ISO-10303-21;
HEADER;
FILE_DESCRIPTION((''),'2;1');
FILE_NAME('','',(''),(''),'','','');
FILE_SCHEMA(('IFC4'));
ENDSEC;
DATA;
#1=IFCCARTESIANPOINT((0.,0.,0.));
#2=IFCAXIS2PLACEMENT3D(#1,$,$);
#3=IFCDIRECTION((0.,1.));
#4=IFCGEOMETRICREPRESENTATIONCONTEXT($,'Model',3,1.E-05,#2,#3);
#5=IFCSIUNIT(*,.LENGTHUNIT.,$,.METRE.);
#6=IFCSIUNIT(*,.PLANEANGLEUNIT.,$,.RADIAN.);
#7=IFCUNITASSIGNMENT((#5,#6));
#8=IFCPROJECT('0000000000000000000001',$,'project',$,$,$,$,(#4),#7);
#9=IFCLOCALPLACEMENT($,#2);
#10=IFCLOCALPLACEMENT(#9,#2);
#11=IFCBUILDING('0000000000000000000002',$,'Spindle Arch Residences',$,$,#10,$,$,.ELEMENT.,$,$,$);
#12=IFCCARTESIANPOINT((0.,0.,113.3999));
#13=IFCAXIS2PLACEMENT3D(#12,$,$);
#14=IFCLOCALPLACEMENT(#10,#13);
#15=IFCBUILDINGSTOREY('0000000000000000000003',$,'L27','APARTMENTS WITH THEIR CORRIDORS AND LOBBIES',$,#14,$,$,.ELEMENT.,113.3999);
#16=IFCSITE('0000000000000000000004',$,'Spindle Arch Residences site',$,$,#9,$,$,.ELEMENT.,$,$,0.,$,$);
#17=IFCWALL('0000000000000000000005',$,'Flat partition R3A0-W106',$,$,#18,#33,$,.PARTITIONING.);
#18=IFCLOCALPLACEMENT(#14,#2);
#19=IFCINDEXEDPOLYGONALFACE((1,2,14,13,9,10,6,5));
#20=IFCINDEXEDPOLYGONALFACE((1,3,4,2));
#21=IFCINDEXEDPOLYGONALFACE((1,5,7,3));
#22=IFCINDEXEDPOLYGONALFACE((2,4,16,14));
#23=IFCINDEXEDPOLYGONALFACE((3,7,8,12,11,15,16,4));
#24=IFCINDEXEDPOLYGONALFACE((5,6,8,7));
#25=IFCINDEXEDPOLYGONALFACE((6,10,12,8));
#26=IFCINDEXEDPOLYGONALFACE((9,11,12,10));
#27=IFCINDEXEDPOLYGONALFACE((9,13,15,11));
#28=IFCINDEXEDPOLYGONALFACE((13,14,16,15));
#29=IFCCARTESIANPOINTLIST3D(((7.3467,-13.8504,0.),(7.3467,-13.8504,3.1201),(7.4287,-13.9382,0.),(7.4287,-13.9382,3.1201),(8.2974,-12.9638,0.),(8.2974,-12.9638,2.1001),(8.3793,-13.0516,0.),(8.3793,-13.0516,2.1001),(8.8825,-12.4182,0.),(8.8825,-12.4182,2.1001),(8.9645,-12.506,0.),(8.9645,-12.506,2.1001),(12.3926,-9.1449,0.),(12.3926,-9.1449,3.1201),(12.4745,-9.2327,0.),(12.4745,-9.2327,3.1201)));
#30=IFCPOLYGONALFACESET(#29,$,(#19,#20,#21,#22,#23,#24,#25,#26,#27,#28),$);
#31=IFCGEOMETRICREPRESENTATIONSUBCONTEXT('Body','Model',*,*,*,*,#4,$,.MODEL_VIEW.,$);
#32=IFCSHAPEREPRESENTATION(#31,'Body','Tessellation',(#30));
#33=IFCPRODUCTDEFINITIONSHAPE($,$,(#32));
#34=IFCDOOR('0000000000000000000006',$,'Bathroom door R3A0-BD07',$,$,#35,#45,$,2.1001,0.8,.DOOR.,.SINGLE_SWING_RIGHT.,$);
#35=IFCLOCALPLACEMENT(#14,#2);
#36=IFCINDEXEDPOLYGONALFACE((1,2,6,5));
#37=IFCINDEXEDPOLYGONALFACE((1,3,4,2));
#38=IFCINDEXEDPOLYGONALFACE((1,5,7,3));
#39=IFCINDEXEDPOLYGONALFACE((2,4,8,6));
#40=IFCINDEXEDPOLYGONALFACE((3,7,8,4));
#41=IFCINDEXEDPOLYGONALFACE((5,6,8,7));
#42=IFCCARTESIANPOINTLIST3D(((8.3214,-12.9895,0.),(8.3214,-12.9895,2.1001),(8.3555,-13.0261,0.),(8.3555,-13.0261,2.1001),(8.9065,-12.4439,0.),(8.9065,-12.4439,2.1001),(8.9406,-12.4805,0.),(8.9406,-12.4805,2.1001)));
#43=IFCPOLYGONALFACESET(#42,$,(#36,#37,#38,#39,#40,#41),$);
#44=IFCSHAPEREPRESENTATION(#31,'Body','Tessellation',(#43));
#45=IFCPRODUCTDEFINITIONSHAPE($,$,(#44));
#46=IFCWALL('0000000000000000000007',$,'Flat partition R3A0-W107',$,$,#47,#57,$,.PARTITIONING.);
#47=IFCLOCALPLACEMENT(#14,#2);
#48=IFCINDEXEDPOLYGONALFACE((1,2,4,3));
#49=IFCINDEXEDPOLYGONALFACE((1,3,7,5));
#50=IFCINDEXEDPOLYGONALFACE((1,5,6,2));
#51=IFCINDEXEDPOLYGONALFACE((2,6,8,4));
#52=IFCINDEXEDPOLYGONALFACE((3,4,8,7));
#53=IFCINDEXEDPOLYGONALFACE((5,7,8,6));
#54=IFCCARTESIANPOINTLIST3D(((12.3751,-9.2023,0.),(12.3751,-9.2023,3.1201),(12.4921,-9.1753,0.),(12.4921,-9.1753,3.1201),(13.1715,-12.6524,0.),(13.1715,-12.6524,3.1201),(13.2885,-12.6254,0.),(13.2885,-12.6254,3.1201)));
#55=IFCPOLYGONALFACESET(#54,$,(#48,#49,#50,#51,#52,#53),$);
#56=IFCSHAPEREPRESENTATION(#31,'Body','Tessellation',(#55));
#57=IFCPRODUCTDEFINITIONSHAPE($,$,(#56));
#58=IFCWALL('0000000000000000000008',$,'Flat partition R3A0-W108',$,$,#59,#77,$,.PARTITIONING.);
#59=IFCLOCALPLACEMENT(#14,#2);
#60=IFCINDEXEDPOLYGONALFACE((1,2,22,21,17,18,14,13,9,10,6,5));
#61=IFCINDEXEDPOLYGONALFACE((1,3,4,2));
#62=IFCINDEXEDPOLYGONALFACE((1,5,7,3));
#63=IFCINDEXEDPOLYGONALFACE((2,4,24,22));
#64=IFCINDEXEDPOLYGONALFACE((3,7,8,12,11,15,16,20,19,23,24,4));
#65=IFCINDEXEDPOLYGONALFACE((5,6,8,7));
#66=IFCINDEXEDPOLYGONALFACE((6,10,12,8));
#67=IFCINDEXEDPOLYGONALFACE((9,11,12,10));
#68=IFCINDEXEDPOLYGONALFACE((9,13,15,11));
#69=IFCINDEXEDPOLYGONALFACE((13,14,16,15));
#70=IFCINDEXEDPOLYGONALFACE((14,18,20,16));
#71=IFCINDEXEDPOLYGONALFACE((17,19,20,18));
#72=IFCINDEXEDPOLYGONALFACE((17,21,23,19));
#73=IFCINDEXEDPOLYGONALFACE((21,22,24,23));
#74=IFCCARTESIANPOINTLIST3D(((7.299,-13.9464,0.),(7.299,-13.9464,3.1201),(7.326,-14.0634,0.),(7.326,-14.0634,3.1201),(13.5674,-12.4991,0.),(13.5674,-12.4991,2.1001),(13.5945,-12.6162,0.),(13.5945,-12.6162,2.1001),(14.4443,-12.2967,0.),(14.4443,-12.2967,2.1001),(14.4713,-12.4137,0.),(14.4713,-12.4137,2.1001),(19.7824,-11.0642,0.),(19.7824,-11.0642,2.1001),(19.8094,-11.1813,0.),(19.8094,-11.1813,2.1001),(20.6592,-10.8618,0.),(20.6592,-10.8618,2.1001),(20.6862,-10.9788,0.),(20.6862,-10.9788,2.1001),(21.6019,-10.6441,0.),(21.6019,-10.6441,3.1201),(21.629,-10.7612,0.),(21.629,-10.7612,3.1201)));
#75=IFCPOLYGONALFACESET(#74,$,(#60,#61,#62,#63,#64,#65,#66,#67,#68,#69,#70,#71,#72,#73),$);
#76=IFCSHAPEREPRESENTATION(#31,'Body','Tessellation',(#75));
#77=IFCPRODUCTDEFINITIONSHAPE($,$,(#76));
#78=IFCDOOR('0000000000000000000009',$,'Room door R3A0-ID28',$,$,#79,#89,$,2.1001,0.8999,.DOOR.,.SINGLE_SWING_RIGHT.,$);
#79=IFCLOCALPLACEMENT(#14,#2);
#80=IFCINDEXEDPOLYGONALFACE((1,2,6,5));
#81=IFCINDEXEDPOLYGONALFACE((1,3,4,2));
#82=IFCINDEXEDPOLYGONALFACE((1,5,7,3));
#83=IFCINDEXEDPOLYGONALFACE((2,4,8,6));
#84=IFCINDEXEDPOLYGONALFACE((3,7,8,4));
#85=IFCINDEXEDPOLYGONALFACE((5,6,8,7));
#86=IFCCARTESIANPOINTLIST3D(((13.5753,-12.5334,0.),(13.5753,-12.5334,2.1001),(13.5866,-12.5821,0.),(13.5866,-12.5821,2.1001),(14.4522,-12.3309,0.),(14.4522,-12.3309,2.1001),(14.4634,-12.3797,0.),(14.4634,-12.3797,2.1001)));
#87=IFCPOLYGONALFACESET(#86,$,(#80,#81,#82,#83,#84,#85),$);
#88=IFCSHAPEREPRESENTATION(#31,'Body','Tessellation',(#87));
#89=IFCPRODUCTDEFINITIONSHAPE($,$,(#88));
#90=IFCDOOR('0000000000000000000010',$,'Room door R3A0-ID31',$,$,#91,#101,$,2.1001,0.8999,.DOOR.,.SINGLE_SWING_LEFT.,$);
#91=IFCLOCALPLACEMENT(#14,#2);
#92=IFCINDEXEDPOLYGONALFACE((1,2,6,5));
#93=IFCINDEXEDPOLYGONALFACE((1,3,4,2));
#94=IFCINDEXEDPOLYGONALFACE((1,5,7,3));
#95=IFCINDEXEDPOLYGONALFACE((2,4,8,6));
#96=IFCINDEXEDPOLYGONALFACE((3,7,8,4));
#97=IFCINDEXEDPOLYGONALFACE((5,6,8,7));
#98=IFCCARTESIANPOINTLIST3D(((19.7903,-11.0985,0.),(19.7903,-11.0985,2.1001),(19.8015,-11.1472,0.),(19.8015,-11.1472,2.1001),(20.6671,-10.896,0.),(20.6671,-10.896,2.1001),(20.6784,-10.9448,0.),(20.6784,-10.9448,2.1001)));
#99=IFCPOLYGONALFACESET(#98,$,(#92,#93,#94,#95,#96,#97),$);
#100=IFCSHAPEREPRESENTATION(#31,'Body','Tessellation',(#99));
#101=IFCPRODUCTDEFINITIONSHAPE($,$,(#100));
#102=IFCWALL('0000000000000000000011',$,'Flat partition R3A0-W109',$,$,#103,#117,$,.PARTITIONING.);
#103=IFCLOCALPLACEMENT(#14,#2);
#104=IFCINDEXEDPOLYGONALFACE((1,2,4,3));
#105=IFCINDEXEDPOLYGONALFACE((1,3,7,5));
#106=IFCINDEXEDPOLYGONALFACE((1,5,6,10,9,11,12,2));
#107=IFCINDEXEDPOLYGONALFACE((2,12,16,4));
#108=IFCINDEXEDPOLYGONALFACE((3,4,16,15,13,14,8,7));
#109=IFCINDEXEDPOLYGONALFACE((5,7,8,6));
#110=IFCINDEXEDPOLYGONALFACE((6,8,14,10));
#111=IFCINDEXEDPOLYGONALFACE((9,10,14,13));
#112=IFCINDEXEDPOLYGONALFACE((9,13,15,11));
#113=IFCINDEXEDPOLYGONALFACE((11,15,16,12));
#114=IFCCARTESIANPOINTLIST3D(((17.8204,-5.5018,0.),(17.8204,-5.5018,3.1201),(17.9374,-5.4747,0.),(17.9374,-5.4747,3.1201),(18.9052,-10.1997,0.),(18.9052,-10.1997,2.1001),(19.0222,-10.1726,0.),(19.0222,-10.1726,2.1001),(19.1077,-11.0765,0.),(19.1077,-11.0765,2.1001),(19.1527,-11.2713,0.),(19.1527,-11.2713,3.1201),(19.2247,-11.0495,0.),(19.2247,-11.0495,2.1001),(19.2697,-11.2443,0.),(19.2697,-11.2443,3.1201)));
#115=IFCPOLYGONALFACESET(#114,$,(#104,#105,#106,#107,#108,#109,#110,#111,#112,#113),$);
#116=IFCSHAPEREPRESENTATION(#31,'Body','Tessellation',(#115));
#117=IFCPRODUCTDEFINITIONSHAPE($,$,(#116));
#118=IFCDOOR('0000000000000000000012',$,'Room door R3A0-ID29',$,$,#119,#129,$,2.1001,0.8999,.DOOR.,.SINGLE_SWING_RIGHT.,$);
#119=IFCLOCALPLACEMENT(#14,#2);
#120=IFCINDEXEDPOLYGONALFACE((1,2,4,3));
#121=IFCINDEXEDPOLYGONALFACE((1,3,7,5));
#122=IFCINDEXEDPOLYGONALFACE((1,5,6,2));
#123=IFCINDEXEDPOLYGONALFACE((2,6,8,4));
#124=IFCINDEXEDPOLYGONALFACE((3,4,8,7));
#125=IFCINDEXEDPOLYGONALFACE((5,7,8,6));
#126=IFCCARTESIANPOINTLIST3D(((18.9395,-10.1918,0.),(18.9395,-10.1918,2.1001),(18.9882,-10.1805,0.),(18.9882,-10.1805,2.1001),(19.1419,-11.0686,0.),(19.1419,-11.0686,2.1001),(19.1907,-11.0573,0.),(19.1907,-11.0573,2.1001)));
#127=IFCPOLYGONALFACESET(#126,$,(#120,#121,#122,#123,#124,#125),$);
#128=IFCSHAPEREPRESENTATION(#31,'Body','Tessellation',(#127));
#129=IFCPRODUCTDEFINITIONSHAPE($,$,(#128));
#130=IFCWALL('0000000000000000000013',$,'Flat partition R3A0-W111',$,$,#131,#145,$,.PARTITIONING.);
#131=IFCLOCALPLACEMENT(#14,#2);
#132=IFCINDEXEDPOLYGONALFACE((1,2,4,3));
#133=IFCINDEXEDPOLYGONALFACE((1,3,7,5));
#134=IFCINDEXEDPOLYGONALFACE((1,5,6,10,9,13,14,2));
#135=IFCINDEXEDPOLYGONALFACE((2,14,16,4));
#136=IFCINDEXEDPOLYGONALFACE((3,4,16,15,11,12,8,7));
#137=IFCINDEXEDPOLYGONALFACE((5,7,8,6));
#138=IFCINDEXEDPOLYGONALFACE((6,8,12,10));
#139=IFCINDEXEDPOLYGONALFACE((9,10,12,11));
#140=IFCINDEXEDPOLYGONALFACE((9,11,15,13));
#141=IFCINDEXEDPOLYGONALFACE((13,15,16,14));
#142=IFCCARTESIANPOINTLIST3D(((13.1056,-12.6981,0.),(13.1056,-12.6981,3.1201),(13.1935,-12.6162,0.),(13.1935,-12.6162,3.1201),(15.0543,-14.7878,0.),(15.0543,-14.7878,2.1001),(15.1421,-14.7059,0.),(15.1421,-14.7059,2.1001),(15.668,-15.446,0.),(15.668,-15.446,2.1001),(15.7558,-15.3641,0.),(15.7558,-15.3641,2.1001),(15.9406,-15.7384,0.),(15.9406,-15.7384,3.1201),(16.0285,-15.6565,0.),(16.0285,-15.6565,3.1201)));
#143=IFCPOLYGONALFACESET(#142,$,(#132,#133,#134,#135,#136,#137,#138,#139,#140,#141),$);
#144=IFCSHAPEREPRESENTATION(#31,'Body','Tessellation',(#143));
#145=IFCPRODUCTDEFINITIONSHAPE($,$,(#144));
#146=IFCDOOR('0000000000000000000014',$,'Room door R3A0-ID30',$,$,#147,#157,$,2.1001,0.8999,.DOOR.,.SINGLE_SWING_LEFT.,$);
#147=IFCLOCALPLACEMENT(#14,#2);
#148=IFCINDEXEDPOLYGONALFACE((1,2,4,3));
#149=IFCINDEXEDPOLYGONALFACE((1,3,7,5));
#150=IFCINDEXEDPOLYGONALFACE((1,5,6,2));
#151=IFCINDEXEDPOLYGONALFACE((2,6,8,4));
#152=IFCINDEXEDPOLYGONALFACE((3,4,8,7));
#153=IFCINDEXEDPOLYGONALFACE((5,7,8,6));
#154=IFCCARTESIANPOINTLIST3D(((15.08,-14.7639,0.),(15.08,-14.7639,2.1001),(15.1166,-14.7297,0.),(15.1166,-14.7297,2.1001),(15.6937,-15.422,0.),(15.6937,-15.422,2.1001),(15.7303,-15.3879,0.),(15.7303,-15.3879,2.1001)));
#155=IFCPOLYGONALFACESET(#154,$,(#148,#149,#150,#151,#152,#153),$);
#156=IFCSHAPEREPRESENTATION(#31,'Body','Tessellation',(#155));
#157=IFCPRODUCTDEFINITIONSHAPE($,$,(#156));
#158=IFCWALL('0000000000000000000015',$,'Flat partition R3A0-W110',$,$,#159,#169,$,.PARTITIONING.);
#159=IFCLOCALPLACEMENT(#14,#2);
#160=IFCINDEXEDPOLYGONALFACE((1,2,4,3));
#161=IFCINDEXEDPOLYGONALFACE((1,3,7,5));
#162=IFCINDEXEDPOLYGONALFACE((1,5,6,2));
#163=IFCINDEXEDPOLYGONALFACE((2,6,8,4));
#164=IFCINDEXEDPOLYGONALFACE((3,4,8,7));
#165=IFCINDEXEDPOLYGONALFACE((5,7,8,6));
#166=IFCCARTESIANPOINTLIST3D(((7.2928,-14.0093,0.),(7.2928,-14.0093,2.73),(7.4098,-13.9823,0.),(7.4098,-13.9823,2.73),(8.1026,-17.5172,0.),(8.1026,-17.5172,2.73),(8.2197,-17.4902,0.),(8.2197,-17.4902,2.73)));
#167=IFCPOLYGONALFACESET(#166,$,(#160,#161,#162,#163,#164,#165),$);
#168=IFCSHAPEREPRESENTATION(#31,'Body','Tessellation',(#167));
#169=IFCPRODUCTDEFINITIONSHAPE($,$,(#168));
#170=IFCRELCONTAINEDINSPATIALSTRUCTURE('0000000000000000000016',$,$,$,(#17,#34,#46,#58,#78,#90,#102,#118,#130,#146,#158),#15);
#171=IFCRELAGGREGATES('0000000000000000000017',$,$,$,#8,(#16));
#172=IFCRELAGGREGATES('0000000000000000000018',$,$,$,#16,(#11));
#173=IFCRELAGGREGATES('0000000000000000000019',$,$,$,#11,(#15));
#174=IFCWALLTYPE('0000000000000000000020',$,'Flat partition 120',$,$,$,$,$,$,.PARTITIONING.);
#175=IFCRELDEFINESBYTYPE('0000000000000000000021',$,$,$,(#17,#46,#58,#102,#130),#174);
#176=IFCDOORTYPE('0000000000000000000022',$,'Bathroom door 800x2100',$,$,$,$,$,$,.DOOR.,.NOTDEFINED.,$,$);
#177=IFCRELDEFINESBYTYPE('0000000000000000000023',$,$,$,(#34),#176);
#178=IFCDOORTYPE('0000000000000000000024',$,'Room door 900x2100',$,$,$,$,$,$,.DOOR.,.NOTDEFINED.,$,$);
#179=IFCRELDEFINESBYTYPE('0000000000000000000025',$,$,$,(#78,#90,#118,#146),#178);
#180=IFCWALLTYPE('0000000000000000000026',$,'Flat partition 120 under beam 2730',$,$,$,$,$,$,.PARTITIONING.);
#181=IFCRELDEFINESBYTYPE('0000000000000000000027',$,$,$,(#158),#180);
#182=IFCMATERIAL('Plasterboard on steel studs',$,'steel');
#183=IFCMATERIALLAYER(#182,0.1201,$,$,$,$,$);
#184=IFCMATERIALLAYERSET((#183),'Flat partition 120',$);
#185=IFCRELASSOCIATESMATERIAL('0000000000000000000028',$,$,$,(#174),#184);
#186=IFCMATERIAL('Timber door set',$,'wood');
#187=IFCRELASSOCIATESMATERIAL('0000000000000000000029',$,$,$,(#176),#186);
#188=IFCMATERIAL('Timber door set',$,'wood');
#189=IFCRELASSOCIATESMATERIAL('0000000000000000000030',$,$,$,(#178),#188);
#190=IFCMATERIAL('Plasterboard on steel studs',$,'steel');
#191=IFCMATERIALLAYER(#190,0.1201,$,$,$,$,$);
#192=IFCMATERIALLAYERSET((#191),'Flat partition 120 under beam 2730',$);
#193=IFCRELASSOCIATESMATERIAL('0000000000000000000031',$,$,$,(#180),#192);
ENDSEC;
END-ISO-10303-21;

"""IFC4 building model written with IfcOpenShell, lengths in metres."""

from ifc_helpers import new_model, si_unit, direction, frame, frame_2d, origin, place, context, subcontext, project, spatial, rectangle, extrude, material, layer, layer_set, type_object, element, fill, save


model = new_model("IFC4")

# Units and contexts
model_context = context("Model", 3, precision=1e-05, world=origin(), true_north=direction((0.0, 1.0)))
body_context = subcontext(model_context, "Body", "Model", "MODEL_VIEW")
ifc_project = project(units=[si_unit("LENGTHUNIT", "METRE"), si_unit("PLANEANGLEUNIT", "RADIAN")], contexts=[model_context])

# Site, building, storey
site_placement = place(None, origin())
site = spatial("IfcSite", under=ifc_project, at=site_placement, Name="Spindle Arch Residences site", CompositionType="ELEMENT", RefElevation=0.0)
building_placement = place(site_placement, origin())
building = spatial("IfcBuilding", under=site, at=building_placement, Name="Spindle Arch Residences", CompositionType="ELEMENT")
storey_placement = place(building_placement, frame((0.0, 0.0, 113.3999)))
storey = spatial("IfcBuildingStorey", under=building, at=storey_placement, Name="L27", Description="APARTMENTS WITH THEIR CORRIDORS AND LOBBIES", CompositionType="ELEMENT", Elevation=113.3999)

# Shared definitions
ifc_material_1 = material(Name="Plasterboard on steel studs", Category="steel")
ifc_layer_1 = layer(ifc_material_1, 0.1201)
ifc_layer_set_1 = layer_set([ifc_layer_1], Name="Flat partition 120")
wall_type_1 = type_object("IfcWallType", Name="Flat partition 120", PredefinedType="PARTITIONING", material=ifc_layer_set_1)

# Wall, opening, door
wall_1_placement = place(storey_placement, frame((7.3877, -13.8943, 0.0), z_axis=(0.0, 0.0, 1.0), x_axis=(0.73134, 0.682013, 0.0)))
wall_1 = element("IfcWall", 1, at=wall_1_placement, inside=storey, type_object=wall_type_1, Name="Flat partition R3A0-W106", PredefinedType="PARTITIONING", context=body_context, shape_type="SweptSolid", body=[
    extrude(rectangle(XDim=6.8994, YDim=0.1201, at=frame_2d((3.4497, 0.0))), origin(), (0.0, 0.0, 1.0), 3.1201),
])
opening_1_placement = place(wall_1_placement, frame((1.3, 0.0, 0.0)))
opening_1 = element("IfcOpeningElement", 2, at=opening_1_placement, cuts=wall_1, PredefinedType="OPENING", context=body_context, shape_type="SweptSolid", body=[
    extrude(rectangle(XDim=0.8, YDim=2.1001, at=frame_2d((0.3999, 1.05))), frame((0.0, 0.0701, 0.0), z_axis=(0.0, -1.0, 0.0), x_axis=(1.0, 0.0, 0.0)), (0.0, 0.0, 1.0), 0.1401),
])
ifc_material_2 = material(Name="Timber door set", Category="wood")
door_type_1 = type_object("IfcDoorType", Name="Bathroom door 800x2100", OperationType="NOTDEFINED", PredefinedType="DOOR", material=ifc_material_2)
door_1_placement = place(opening_1_placement, origin())
door_1 = element("IfcDoor", 3, at=door_1_placement, inside=storey, type_object=door_type_1, Name="Bathroom door R3A0-BD07", OperationType="SINGLE_SWING_RIGHT", OverallHeight=2.1001, OverallWidth=0.8, PredefinedType="DOOR", context=body_context, shape_type="SweptSolid", body=[
    extrude(rectangle(XDim=0.8, YDim=2.1001, at=frame_2d((0.3999, 1.05))), frame((0.0, 0.0249, 0.0), z_axis=(0.0, -1.0, 0.0), x_axis=(1.0, 0.0, 0.0)), (0.0, 0.0, 1.0), 0.05),
])
fill(opening_1, door_1)

# Wall
wall_2_placement = place(storey_placement, frame((12.4336, -9.1887, 0.0), z_axis=(0.0, 0.0, 1.0), x_axis=(0.224925, -0.974376, 0.0)))
element("IfcWall", 4, at=wall_2_placement, inside=storey, type_object=wall_type_1, Name="Flat partition R3A0-W107", PredefinedType="PARTITIONING", context=body_context, shape_type="SweptSolid", body=[
    extrude(rectangle(XDim=3.5408, YDim=0.1201, at=frame_2d((1.7705, 0.0))), origin(), (0.0, 0.0, 1.0), 3.1201),
])

# Wall, openings, doors
wall_3_placement = place(storey_placement, frame((7.3125, -14.0049, 0.0), z_axis=(0.0, 0.0, 1.0), x_axis=(0.974368, 0.22496, 0.0)))
wall_3 = element("IfcWall", 5, at=wall_3_placement, inside=storey, type_object=wall_type_1, Name="Flat partition R3A0-W108", PredefinedType="PARTITIONING", context=body_context, shape_type="SweptSolid", body=[
    extrude(rectangle(XDim=14.6792, YDim=0.1201, at=frame_2d((7.3396, 0.0))), origin(), (0.0, 0.0, 1.0), 3.1201),
])
opening_2_placement = place(wall_3_placement, frame((6.4333, 0.0, 0.0)))
opening_2 = element("IfcOpeningElement", 6, at=opening_2_placement, cuts=wall_3, PredefinedType="OPENING", context=body_context, shape_type="SweptSolid", body=[
    extrude(rectangle(XDim=0.8999, YDim=2.1001, at=frame_2d((0.45, 1.05))), frame((0.0, 0.0701, 0.0), z_axis=(0.0, -1.0, 0.0), x_axis=(1.0, 0.0, 0.0)), (0.0, 0.0, 1.0), 0.1401),
])
opening_3_placement = place(wall_3_placement, frame((12.8118, 0.0, 0.0)))
opening_3 = element("IfcOpeningElement", 7, at=opening_3_placement, cuts=wall_3, PredefinedType="OPENING", context=body_context, shape_type="SweptSolid", body=[
    extrude(rectangle(XDim=0.8999, YDim=2.1001, at=frame_2d((0.45, 1.05))), frame((0.0, 0.0701, 0.0), z_axis=(0.0, -1.0, 0.0), x_axis=(1.0, 0.0, 0.0)), (0.0, 0.0, 1.0), 0.1401),
])
ifc_material_3 = material(Name="Timber door set", Category="wood")
door_type_2 = type_object("IfcDoorType", Name="Room door 900x2100", OperationType="NOTDEFINED", PredefinedType="DOOR", material=ifc_material_3)
door_2_placement = place(opening_2_placement, origin())
door_2 = element("IfcDoor", 8, at=door_2_placement, inside=storey, type_object=door_type_2, Name="Room door R3A0-ID28", OperationType="SINGLE_SWING_RIGHT", OverallHeight=2.1001, OverallWidth=0.8999, PredefinedType="DOOR", context=body_context, shape_type="SweptSolid", body=[
    extrude(rectangle(XDim=0.8999, YDim=2.1001, at=frame_2d((0.45, 1.05))), frame((0.0, 0.0249, 0.0), z_axis=(0.0, -1.0, 0.0), x_axis=(1.0, 0.0, 0.0)), (0.0, 0.0, 1.0), 0.05),
])
fill(opening_2, door_2)
door_3_placement = place(opening_3_placement, origin())
door_3 = element("IfcDoor", 9, at=door_3_placement, inside=storey, type_object=door_type_2, Name="Room door R3A0-ID31", OperationType="SINGLE_SWING_LEFT", OverallHeight=2.1001, OverallWidth=0.8999, PredefinedType="DOOR", context=body_context, shape_type="SweptSolid", body=[
    extrude(rectangle(XDim=0.8999, YDim=2.1001, at=frame_2d((0.45, 1.05))), frame((0.0, 0.0249, 0.0), z_axis=(0.0, -1.0, 0.0), x_axis=(1.0, 0.0, 0.0)), (0.0, 0.0, 1.0), 0.05),
])
fill(opening_3, door_3)

# Walls, openings, doors
wall_4_placement = place(storey_placement, frame((19.2112, -11.2578, 0.0), z_axis=(0.0, 0.0, 1.0), x_axis=(-0.224995, 0.97436, 0.0)))
wall_4 = element("IfcWall", 10, at=wall_4_placement, inside=storey, type_object=wall_type_1, Name="Flat partition R3A0-W109", PredefinedType="PARTITIONING", context=body_context, shape_type="SweptSolid", body=[
    extrude(rectangle(XDim=5.9214, YDim=0.1201, at=frame_2d((2.9607, 0.0))), origin(), (0.0, 0.0, 1.0), 3.1201),
])
opening_4_placement = place(wall_4_placement, frame((0.2, 0.0, 0.0)))
opening_4 = element("IfcOpeningElement", 11, at=opening_4_placement, cuts=wall_4, PredefinedType="OPENING", context=body_context, shape_type="SweptSolid", body=[
    extrude(rectangle(XDim=0.8999, YDim=2.1001, at=frame_2d((0.45, 1.05))), frame((0.0, 0.0701, 0.0), z_axis=(0.0, -1.0, 0.0), x_axis=(1.0, 0.0, 0.0)), (0.0, 0.0, 1.0), 0.1401),
])
door_4_placement = place(opening_4_placement, origin())
door_4 = element("IfcDoor", 12, at=door_4_placement, inside=storey, type_object=door_type_2, Name="Room door R3A0-ID29", OperationType="SINGLE_SWING_RIGHT", OverallHeight=2.1001, OverallWidth=0.8999, PredefinedType="DOOR", context=body_context, shape_type="SweptSolid", body=[
    extrude(rectangle(XDim=0.8999, YDim=2.1001, at=frame_2d((0.45, 1.05))), frame((0.0, 0.0249, 0.0), z_axis=(0.0, -1.0, 0.0), x_axis=(1.0, 0.0, 0.0)), (0.0, 0.0, 1.0), 0.05),
])
fill(opening_4, door_4)
wall_5_placement = place(storey_placement, frame((15.9846, -15.6975, 0.0), z_axis=(0.0, 0.0, 1.0), x_axis=(-0.681979, 0.731372, 0.0)))
wall_5 = element("IfcWall", 13, at=wall_5_placement, inside=storey, type_object=wall_type_1, Name="Flat partition R3A0-W111", PredefinedType="PARTITIONING", context=body_context, shape_type="SweptSolid", body=[
    extrude(rectangle(XDim=4.157, YDim=0.1201, at=frame_2d((2.0786, 0.0))), origin(), (0.0, 0.0, 1.0), 3.1201),
])
opening_5_placement = place(wall_5_placement, frame((0.3999, 0.0, 0.0)))
opening_5 = element("IfcOpeningElement", 14, at=opening_5_placement, cuts=wall_5, PredefinedType="OPENING", context=body_context, shape_type="SweptSolid", body=[
    extrude(rectangle(XDim=0.8999, YDim=2.1001, at=frame_2d((0.45, 1.05))), frame((0.0, 0.0701, 0.0), z_axis=(0.0, -1.0, 0.0), x_axis=(1.0, 0.0, 0.0)), (0.0, 0.0, 1.0), 0.1401),
])
door_5_placement = place(opening_5_placement, origin())
door_5 = element("IfcDoor", 15, at=door_5_placement, inside=storey, type_object=door_type_2, Name="Room door R3A0-ID30", OperationType="SINGLE_SWING_LEFT", OverallHeight=2.1001, OverallWidth=0.8999, PredefinedType="DOOR", context=body_context, shape_type="SweptSolid", body=[
    extrude(rectangle(XDim=0.8999, YDim=2.1001, at=frame_2d((0.45, 1.05))), frame((0.0, 0.0249, 0.0), z_axis=(0.0, -1.0, 0.0), x_axis=(1.0, 0.0, 0.0)), (0.0, 0.0, 1.0), 0.05),
])
fill(opening_5, door_5)

# Wall
ifc_material_4 = material(Name="Plasterboard on steel studs", Category="steel")
ifc_layer_2 = layer(ifc_material_4, 0.1201)
ifc_layer_set_2 = layer_set([ifc_layer_2], Name="Flat partition 120 under beam 2730")
wall_type_2 = type_object("IfcWallType", Name="Flat partition 120 under beam 2730", PredefinedType="PARTITIONING", material=ifc_layer_set_2)
wall_6_placement = place(storey_placement, frame((8.1611, -17.5037, 0.0), z_axis=(0.0, 0.0, 1.0), x_axis=(-0.224944, 0.974372, 0.0)))
element("IfcWall", 16, at=wall_6_placement, inside=storey, type_object=wall_type_2, Name="Flat partition R3A0-W110", PredefinedType="PARTITIONING", context=body_context, shape_type="SweptSolid", body=[
    extrude(rectangle(XDim=3.6001, YDim=0.1201, at=frame_2d((1.8, 0.0))), origin(), (0.0, 0.0, 1.0), 2.73),
])

save(model, "model.ifc")
